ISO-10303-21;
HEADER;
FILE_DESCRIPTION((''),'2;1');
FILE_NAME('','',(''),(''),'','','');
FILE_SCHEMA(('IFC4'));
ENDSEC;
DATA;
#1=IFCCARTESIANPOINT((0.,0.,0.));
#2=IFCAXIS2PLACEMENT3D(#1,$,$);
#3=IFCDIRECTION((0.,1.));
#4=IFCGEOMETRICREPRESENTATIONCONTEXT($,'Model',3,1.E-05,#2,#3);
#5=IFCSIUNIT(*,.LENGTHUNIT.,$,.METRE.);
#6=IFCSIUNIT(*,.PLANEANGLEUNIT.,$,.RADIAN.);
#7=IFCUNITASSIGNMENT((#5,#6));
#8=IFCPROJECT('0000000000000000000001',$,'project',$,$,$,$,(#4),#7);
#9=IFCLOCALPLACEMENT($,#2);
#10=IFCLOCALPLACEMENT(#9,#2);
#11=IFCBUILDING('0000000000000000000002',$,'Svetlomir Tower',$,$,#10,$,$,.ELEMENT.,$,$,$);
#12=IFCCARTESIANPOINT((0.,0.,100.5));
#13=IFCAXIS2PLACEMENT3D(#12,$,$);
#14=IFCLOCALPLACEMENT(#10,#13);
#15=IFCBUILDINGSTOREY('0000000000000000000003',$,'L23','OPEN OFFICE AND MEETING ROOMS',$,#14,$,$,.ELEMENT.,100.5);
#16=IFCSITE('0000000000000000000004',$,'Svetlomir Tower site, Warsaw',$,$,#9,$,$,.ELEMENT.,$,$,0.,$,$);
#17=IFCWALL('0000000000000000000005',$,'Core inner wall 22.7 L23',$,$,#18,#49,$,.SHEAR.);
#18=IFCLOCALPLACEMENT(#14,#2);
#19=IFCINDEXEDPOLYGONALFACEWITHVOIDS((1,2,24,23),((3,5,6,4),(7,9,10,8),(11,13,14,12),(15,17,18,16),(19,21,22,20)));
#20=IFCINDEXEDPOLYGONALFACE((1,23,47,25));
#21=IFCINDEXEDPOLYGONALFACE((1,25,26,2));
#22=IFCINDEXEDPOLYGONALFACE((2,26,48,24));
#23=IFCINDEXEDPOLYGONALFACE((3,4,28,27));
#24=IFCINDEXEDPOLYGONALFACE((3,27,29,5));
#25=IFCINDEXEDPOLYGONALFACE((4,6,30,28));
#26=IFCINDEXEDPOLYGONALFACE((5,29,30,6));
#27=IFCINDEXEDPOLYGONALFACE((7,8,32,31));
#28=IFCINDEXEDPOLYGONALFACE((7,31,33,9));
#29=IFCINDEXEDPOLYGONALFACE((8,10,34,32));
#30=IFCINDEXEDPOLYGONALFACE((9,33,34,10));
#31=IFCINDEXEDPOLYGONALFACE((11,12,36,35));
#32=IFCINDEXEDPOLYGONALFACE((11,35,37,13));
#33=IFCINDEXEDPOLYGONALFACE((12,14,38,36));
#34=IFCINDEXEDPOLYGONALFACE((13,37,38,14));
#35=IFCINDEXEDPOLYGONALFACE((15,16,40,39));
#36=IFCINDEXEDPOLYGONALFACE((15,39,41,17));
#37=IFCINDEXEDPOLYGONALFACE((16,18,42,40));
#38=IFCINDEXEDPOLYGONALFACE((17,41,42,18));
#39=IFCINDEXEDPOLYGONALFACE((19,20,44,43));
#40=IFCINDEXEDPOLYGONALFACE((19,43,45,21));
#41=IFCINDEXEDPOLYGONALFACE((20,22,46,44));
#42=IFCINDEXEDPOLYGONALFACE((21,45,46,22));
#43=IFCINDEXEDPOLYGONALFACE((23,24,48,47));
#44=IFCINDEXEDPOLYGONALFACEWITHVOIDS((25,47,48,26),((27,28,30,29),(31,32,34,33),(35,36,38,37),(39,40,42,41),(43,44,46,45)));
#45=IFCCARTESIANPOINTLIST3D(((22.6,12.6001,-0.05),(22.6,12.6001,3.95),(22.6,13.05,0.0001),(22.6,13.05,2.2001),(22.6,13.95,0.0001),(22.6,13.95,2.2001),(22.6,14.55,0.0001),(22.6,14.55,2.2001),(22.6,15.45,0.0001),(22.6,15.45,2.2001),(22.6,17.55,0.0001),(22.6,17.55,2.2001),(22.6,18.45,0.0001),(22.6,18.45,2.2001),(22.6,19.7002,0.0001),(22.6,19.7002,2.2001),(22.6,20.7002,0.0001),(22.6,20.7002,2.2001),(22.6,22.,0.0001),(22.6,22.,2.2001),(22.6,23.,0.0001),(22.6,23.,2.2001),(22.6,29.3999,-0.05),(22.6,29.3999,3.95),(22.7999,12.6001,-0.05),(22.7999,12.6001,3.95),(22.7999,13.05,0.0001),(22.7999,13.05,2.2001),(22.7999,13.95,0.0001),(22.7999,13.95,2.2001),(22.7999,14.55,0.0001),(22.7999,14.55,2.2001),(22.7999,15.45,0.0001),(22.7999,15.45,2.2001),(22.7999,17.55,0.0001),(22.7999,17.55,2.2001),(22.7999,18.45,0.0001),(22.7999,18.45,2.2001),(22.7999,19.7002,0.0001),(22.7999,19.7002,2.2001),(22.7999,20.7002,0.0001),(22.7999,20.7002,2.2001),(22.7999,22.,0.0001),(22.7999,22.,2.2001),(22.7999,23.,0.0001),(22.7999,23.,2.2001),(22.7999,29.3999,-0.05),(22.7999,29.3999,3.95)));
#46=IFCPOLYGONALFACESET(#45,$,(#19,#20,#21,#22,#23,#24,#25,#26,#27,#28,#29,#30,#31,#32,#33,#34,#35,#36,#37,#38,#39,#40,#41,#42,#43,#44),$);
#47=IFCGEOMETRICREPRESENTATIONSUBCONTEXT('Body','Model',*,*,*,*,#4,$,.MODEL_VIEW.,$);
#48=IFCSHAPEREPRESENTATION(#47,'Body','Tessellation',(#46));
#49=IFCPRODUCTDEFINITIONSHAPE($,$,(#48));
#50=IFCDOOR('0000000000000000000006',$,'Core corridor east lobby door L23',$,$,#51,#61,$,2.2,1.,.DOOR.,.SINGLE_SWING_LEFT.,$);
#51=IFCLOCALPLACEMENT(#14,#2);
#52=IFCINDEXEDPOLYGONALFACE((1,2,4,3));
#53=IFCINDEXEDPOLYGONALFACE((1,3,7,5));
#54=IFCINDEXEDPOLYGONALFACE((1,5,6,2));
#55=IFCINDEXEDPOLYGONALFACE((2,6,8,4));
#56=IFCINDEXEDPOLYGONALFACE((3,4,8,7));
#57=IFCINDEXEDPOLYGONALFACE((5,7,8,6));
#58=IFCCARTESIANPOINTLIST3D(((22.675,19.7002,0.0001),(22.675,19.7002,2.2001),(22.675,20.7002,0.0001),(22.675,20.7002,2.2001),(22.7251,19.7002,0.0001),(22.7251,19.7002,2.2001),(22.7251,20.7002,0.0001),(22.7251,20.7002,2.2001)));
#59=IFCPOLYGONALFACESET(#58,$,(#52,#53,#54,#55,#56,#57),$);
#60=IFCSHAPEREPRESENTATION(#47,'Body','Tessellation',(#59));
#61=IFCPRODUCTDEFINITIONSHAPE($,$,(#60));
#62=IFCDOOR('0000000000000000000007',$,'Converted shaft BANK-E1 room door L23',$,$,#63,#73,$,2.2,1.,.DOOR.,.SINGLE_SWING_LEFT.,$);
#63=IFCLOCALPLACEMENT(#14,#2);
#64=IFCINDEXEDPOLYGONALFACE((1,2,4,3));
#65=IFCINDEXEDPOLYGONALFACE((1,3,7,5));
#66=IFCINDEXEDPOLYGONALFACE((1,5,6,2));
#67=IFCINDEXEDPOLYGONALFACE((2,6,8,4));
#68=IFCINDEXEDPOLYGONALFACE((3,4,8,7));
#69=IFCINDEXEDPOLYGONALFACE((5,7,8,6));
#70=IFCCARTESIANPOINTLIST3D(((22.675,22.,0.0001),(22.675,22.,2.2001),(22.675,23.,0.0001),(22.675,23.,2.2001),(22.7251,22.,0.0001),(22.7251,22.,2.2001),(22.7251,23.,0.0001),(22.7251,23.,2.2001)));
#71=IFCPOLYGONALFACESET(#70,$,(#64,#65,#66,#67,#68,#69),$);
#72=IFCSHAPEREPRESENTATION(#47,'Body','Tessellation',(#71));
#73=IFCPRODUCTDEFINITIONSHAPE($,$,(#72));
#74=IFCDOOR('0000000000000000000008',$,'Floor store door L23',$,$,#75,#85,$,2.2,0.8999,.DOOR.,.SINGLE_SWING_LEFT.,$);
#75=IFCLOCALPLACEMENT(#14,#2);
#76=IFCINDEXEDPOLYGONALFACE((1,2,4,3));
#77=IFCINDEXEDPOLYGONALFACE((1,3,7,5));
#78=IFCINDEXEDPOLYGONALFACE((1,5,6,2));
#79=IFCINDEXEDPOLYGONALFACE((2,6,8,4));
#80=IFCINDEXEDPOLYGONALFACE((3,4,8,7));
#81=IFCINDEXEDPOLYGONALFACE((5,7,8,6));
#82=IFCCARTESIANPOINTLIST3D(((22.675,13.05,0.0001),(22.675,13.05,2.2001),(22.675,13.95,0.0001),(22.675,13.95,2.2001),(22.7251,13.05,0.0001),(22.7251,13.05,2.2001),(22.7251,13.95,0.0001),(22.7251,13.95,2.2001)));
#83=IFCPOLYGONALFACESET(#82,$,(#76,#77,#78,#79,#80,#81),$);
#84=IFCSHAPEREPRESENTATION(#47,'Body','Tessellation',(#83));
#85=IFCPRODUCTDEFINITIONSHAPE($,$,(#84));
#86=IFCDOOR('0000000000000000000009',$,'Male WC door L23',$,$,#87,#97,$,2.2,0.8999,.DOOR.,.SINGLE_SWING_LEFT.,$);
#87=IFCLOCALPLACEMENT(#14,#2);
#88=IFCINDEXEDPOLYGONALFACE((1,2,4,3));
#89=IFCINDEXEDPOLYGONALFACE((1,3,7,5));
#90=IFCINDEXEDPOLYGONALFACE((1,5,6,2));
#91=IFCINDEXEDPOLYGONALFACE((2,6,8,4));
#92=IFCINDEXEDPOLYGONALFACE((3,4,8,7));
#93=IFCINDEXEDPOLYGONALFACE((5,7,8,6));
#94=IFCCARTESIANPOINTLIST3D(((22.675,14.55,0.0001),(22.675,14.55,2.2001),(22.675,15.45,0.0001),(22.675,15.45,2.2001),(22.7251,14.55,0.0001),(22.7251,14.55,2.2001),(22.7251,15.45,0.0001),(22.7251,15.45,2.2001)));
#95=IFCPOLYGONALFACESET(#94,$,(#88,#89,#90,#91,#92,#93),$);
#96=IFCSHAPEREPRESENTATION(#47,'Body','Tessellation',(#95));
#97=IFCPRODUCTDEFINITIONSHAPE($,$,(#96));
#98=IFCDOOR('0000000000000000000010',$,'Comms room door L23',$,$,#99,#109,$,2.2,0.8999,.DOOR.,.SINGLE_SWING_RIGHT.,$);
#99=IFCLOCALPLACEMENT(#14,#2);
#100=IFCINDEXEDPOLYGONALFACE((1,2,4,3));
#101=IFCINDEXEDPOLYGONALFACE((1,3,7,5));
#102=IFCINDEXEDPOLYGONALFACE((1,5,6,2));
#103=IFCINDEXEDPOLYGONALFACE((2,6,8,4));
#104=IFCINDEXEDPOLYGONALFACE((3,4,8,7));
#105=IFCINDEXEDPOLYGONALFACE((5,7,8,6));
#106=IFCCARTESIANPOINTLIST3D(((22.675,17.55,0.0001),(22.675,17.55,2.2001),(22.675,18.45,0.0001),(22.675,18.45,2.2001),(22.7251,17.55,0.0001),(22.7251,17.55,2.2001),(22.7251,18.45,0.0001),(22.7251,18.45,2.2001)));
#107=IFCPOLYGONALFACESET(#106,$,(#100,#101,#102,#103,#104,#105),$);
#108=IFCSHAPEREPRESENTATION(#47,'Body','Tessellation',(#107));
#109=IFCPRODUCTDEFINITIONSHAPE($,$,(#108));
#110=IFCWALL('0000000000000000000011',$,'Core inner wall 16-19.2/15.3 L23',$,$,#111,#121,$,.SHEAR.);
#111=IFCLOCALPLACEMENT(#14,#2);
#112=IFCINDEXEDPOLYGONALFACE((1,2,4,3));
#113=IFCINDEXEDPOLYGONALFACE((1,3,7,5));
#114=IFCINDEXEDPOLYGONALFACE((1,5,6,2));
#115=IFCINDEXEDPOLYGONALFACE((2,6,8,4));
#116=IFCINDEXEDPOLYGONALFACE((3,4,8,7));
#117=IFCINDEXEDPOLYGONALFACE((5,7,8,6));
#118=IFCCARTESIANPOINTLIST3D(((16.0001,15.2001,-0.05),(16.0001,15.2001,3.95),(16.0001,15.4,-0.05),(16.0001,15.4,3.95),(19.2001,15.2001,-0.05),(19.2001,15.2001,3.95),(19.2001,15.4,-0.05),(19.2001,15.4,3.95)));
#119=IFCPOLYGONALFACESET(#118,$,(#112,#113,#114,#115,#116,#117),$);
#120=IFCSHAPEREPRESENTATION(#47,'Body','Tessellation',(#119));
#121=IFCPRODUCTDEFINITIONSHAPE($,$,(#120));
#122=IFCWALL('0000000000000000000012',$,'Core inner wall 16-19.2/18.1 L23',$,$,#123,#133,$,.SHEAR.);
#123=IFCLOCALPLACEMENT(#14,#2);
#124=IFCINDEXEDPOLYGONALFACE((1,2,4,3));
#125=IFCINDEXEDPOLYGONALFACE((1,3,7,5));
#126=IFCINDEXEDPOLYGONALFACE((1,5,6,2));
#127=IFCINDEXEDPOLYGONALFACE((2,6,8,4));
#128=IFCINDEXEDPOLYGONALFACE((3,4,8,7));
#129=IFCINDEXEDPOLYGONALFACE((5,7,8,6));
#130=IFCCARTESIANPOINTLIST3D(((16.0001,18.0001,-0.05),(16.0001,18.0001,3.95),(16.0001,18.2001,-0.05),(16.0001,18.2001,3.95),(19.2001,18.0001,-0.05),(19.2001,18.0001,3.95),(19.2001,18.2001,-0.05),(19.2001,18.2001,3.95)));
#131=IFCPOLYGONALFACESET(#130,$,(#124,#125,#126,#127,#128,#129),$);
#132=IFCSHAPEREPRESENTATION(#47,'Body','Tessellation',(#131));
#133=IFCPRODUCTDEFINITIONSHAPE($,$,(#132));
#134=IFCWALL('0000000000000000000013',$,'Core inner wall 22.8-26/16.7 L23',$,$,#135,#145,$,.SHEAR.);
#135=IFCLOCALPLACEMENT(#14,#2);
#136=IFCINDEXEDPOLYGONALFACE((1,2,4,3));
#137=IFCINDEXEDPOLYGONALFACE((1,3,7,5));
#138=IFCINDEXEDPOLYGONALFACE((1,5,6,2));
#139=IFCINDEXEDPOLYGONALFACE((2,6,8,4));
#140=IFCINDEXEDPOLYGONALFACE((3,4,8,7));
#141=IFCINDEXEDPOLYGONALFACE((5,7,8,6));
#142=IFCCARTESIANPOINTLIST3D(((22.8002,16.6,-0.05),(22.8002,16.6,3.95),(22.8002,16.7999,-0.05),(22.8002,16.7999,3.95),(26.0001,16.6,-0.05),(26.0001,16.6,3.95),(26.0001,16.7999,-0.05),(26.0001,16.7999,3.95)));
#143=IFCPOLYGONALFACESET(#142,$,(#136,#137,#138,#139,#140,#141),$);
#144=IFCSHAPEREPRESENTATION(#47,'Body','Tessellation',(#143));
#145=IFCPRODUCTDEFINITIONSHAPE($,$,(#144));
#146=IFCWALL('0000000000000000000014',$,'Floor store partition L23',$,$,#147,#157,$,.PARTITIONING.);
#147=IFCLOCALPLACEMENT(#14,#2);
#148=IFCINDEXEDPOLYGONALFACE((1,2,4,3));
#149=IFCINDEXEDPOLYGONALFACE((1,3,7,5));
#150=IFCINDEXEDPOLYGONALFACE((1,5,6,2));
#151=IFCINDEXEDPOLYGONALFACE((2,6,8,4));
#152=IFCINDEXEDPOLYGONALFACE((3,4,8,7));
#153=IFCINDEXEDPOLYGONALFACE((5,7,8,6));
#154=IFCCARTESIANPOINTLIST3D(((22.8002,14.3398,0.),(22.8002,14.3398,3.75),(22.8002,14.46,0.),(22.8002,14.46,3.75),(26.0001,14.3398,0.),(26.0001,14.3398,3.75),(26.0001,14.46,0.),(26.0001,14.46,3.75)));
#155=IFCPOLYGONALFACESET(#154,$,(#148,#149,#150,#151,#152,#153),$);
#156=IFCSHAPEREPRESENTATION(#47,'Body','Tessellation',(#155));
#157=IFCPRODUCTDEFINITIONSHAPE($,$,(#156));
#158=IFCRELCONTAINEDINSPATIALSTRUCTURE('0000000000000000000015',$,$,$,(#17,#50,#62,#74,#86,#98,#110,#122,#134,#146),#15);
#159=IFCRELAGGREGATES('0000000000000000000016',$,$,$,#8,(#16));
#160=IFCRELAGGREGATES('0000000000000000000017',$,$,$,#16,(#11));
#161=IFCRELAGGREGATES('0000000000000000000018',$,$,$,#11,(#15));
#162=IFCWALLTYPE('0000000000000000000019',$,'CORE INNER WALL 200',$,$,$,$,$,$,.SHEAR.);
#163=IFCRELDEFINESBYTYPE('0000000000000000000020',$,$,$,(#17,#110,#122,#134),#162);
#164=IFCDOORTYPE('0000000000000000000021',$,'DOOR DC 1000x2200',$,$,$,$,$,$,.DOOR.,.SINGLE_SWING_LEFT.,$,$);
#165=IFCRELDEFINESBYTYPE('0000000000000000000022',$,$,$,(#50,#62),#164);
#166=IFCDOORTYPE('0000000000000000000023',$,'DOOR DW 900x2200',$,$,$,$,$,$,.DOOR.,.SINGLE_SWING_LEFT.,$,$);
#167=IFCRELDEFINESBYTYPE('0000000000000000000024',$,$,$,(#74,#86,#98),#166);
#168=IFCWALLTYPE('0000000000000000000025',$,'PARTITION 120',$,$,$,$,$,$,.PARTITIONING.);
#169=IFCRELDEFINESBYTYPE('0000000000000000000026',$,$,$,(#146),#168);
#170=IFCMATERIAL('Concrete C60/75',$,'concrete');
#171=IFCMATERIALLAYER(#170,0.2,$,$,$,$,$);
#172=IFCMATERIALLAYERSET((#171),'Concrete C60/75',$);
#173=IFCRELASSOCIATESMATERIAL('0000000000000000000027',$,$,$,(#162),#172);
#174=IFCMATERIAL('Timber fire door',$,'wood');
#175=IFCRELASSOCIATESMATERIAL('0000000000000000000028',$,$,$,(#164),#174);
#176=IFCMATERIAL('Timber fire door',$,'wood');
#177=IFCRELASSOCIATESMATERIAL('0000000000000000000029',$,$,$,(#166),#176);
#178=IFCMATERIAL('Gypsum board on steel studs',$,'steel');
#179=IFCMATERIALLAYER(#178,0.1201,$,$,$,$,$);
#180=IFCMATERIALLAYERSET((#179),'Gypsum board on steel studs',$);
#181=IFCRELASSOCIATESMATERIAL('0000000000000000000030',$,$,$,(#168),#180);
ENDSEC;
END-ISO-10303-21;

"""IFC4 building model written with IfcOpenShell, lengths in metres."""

from ifc_helpers import new_model, si_unit, direction, frame, frame_2d, origin, place, context, subcontext, project, spatial, rectangle, extrude, material, layer, layer_set, type_object, element, fill, save


model = new_model("IFC4")

# Units and contexts
model_context = context("Model", 3, precision=1e-05, world=origin(), true_north=direction((0.0, 1.0)))
body_context = subcontext(model_context, "Body", "Model", "MODEL_VIEW")
ifc_project = project(units=[si_unit("LENGTHUNIT", "METRE"), si_unit("PLANEANGLEUNIT", "RADIAN")], contexts=[model_context])

# Site, building, storey
site_placement = place(None, origin())
site = spatial("IfcSite", under=ifc_project, at=site_placement, Name="Svetlomir Tower site, Warsaw", CompositionType="ELEMENT", RefElevation=0.0)
building_placement = place(site_placement, origin())
building = spatial("IfcBuilding", under=site, at=building_placement, Name="Svetlomir Tower", CompositionType="ELEMENT")
storey_placement = place(building_placement, frame((0.0, 0.0, 100.5)))
storey = spatial("IfcBuildingStorey", under=building, at=storey_placement, Name="L23", Description="OPEN OFFICE AND MEETING ROOMS", CompositionType="ELEMENT", Elevation=100.5)

# Wall, openings, doors
ifc_material_1 = material(Name="Concrete C60/75", Category="concrete")
ifc_layer_1 = layer(ifc_material_1, 0.2)
ifc_layer_set_1 = layer_set([ifc_layer_1], Name="Concrete C60/75")
wall_type_1 = type_object("IfcWallType", Name="CORE INNER WALL 200", PredefinedType="SHEAR", material=ifc_layer_set_1)
ifc_material_2 = material(Name="Timber fire door", Category="wood")
door_type_1 = type_object("IfcDoorType", Name="DOOR DC 1000x2200", OperationType="SINGLE_SWING_LEFT", PredefinedType="DOOR", material=ifc_material_2)
ifc_material_3 = material(Name="Timber fire door", Category="wood")
door_type_2 = type_object("IfcDoorType", Name="DOOR DW 900x2200", OperationType="SINGLE_SWING_LEFT", PredefinedType="DOOR", material=ifc_material_3)
wall_1_placement = place(storey_placement, frame((22.7, 12.6001, -0.05), z_axis=(0.0, 0.0, 1.0), x_axis=(0.0, 1.0, 0.0)))
wall_1 = element("IfcWall", 1, at=wall_1_placement, inside=storey, type_object=wall_type_1, Name="Core inner wall 22.7 L23", PredefinedType="SHEAR", context=body_context, shape_type="SweptSolid", body=[
    extrude(rectangle(XDim=16.7998, YDim=0.2, at=frame_2d((8.3999, 0.0))), origin(), (0.0, 0.0, 1.0), 4.0),
])
opening_1_placement = place(wall_1_placement, frame((0.45, 0.0, 0.05)))
opening_1 = element("IfcOpeningElement", 2, at=opening_1_placement, cuts=wall_1, PredefinedType="OPENING", context=body_context, shape_type="SweptSolid", body=[
    extrude(rectangle(XDim=0.8999, YDim=2.2, at=frame_2d((0.45, 1.1001))), frame((0.0, 0.1099, 0.0), z_axis=(0.0, -1.0, 0.0), x_axis=(1.0, 0.0, 0.0)), (0.0, 0.0, 1.0), 0.22),
])
opening_2_placement = place(wall_1_placement, frame((7.1001, 0.0, 0.05)))
opening_2 = element("IfcOpeningElement", 3, at=opening_2_placement, cuts=wall_1, PredefinedType="OPENING", context=body_context, shape_type="SweptSolid", body=[
    extrude(rectangle(XDim=1.0, YDim=2.2, at=frame_2d((0.5, 1.1001))), frame((0.0, 0.1099, 0.0), z_axis=(0.0, -1.0, 0.0), x_axis=(1.0, 0.0, 0.0)), (0.0, 0.0, 1.0), 0.22),
])
opening_3_placement = place(wall_1_placement, frame((1.95, 0.0, 0.05)))
opening_3 = element("IfcOpeningElement", 4, at=opening_3_placement, cuts=wall_1, PredefinedType="OPENING", context=body_context, shape_type="SweptSolid", body=[
    extrude(rectangle(XDim=0.8999, YDim=2.2, at=frame_2d((0.45, 1.1001))), frame((0.0, 0.1099, 0.0), z_axis=(0.0, -1.0, 0.0), x_axis=(1.0, 0.0, 0.0)), (0.0, 0.0, 1.0), 0.22),
])
opening_4_placement = place(wall_1_placement, frame((4.95, 0.0, 0.05)))
opening_4 = element("IfcOpeningElement", 5, at=opening_4_placement, cuts=wall_1, PredefinedType="OPENING", context=body_context, shape_type="SweptSolid", body=[
    extrude(rectangle(XDim=0.8999, YDim=2.2, at=frame_2d((0.45, 1.1001))), frame((0.0, 0.1099, 0.0), z_axis=(0.0, -1.0, 0.0), x_axis=(1.0, 0.0, 0.0)), (0.0, 0.0, 1.0), 0.22),
])
opening_5_placement = place(wall_1_placement, frame((9.3999, 0.0, 0.05)))
opening_5 = element("IfcOpeningElement", 6, at=opening_5_placement, cuts=wall_1, PredefinedType="OPENING", context=body_context, shape_type="SweptSolid", body=[
    extrude(rectangle(XDim=1.0, YDim=2.2, at=frame_2d((0.5, 1.1001))), frame((0.0, 0.1099, 0.0), z_axis=(0.0, -1.0, 0.0), x_axis=(1.0, 0.0, 0.0)), (0.0, 0.0, 1.0), 0.22),
])
door_1_placement = place(opening_2_placement, origin())
door_1 = element("IfcDoor", 7, at=door_1_placement, inside=storey, type_object=door_type_1, Name="Core corridor east lobby door L23", OperationType="SINGLE_SWING_LEFT", OverallHeight=2.2, OverallWidth=1.0, PredefinedType="DOOR", context=body_context, shape_type="SweptSolid", body=[
    extrude(rectangle(XDim=1.0, YDim=2.2, at=frame_2d((0.5, 1.1001))), frame((0.0, 0.0249, 0.0), z_axis=(0.0, -1.0, 0.0), x_axis=(1.0, 0.0, 0.0)), (0.0, 0.0, 1.0), 0.05),
])
fill(opening_2, door_1)
door_2_placement = place(opening_5_placement, origin())
door_2 = element("IfcDoor", 8, at=door_2_placement, inside=storey, type_object=door_type_1, Name="Converted shaft BANK-E1 room door L23", OperationType="SINGLE_SWING_LEFT", OverallHeight=2.2, OverallWidth=1.0, PredefinedType="DOOR", context=body_context, shape_type="SweptSolid", body=[
    extrude(rectangle(XDim=1.0, YDim=2.2, at=frame_2d((0.5, 1.1001))), frame((0.0, 0.0249, 0.0), z_axis=(0.0, -1.0, 0.0), x_axis=(1.0, 0.0, 0.0)), (0.0, 0.0, 1.0), 0.05),
])
fill(opening_5, door_2)
door_3_placement = place(opening_1_placement, origin())
door_3 = element("IfcDoor", 9, at=door_3_placement, inside=storey, type_object=door_type_2, Name="Floor store door L23", OperationType="SINGLE_SWING_LEFT", OverallHeight=2.2, OverallWidth=0.8999, PredefinedType="DOOR", context=body_context, shape_type="SweptSolid", body=[
    extrude(rectangle(XDim=0.8999, YDim=2.2, at=frame_2d((0.45, 1.1001))), frame((0.0, 0.0249, 0.0), z_axis=(0.0, -1.0, 0.0), x_axis=(1.0, 0.0, 0.0)), (0.0, 0.0, 1.0), 0.05),
])
fill(opening_1, door_3)
door_4_placement = place(opening_3_placement, origin())
door_4 = element("IfcDoor", 10, at=door_4_placement, inside=storey, type_object=door_type_2, Name="Male WC door L23", OperationType="SINGLE_SWING_LEFT", OverallHeight=2.2, OverallWidth=0.8999, PredefinedType="DOOR", context=body_context, shape_type="SweptSolid", body=[
    extrude(rectangle(XDim=0.8999, YDim=2.2, at=frame_2d((0.45, 1.1001))), frame((0.0, 0.0249, 0.0), z_axis=(0.0, -1.0, 0.0), x_axis=(1.0, 0.0, 0.0)), (0.0, 0.0, 1.0), 0.05),
])
fill(opening_3, door_4)
door_5_placement = place(opening_4_placement, origin())
door_5 = element("IfcDoor", 11, at=door_5_placement, inside=storey, type_object=door_type_2, Name="Comms room door L23", OperationType="SINGLE_SWING_RIGHT", OverallHeight=2.2, OverallWidth=0.8999, PredefinedType="DOOR", context=body_context, shape_type="SweptSolid", body=[
    extrude(rectangle(XDim=0.8999, YDim=2.2, at=frame_2d((0.45, 1.1001))), frame((0.0, 0.0249, 0.0), z_axis=(0.0, -1.0, 0.0), x_axis=(1.0, 0.0, 0.0)), (0.0, 0.0, 1.0), 0.05),
])
fill(opening_4, door_5)

# Walls
for number, where, z_axis, x_axis, name in (
    (12, (16.0, 15.3, -0.05), (0.0, 0.0, 1.0), (1.0, 0.0, 0.0), "Core inner wall 16-19.2/15.3 L23"),
    (13, (16.0, 18.1001, -0.05), (0.0, 0.0, 1.0), (1.0, 0.0, 0.0), "Core inner wall 16-19.2/18.1 L23"),
    (14, (22.8, 16.7, -0.05), (0.0, 0.0, 1.0), (1.0, 0.0, 0.0), "Core inner wall 22.8-26/16.7 L23"),
):
    element("IfcWall", number, at=place(storey_placement, frame(where, z_axis=z_axis, x_axis=x_axis)), inside=storey, type_object=wall_type_1, Name=name, PredefinedType="SHEAR", context=body_context, shape_type="SweptSolid", body=[
        extrude(rectangle(XDim=3.2, YDim=0.2, at=frame_2d((1.6001, 0.0))), origin(), (0.0, 0.0, 1.0), 4.0),
    ])
ifc_material_4 = material(Name="Gypsum board on steel studs", Category="steel")
ifc_layer_2 = layer(ifc_material_4, 0.1201)
ifc_layer_set_2 = layer_set([ifc_layer_2], Name="Gypsum board on steel studs")
wall_type_2 = type_object("IfcWallType", Name="PARTITION 120", PredefinedType="PARTITIONING", material=ifc_layer_set_2)
wall_2_placement = place(storey_placement, frame((22.8, 14.3999, 0.0), z_axis=(0.0, 0.0, 1.0), x_axis=(1.0, 0.0, 0.0)))
element("IfcWall", 15, at=wall_2_placement, inside=storey, type_object=wall_type_2, Name="Floor store partition L23", PredefinedType="PARTITIONING", context=body_context, shape_type="SweptSolid", body=[
    extrude(rectangle(XDim=3.2, YDim=0.1201, at=frame_2d((1.6001, 0.0))), origin(), (0.0, 0.0, 1.0), 3.75),
])

save(model, "model.ifc")
